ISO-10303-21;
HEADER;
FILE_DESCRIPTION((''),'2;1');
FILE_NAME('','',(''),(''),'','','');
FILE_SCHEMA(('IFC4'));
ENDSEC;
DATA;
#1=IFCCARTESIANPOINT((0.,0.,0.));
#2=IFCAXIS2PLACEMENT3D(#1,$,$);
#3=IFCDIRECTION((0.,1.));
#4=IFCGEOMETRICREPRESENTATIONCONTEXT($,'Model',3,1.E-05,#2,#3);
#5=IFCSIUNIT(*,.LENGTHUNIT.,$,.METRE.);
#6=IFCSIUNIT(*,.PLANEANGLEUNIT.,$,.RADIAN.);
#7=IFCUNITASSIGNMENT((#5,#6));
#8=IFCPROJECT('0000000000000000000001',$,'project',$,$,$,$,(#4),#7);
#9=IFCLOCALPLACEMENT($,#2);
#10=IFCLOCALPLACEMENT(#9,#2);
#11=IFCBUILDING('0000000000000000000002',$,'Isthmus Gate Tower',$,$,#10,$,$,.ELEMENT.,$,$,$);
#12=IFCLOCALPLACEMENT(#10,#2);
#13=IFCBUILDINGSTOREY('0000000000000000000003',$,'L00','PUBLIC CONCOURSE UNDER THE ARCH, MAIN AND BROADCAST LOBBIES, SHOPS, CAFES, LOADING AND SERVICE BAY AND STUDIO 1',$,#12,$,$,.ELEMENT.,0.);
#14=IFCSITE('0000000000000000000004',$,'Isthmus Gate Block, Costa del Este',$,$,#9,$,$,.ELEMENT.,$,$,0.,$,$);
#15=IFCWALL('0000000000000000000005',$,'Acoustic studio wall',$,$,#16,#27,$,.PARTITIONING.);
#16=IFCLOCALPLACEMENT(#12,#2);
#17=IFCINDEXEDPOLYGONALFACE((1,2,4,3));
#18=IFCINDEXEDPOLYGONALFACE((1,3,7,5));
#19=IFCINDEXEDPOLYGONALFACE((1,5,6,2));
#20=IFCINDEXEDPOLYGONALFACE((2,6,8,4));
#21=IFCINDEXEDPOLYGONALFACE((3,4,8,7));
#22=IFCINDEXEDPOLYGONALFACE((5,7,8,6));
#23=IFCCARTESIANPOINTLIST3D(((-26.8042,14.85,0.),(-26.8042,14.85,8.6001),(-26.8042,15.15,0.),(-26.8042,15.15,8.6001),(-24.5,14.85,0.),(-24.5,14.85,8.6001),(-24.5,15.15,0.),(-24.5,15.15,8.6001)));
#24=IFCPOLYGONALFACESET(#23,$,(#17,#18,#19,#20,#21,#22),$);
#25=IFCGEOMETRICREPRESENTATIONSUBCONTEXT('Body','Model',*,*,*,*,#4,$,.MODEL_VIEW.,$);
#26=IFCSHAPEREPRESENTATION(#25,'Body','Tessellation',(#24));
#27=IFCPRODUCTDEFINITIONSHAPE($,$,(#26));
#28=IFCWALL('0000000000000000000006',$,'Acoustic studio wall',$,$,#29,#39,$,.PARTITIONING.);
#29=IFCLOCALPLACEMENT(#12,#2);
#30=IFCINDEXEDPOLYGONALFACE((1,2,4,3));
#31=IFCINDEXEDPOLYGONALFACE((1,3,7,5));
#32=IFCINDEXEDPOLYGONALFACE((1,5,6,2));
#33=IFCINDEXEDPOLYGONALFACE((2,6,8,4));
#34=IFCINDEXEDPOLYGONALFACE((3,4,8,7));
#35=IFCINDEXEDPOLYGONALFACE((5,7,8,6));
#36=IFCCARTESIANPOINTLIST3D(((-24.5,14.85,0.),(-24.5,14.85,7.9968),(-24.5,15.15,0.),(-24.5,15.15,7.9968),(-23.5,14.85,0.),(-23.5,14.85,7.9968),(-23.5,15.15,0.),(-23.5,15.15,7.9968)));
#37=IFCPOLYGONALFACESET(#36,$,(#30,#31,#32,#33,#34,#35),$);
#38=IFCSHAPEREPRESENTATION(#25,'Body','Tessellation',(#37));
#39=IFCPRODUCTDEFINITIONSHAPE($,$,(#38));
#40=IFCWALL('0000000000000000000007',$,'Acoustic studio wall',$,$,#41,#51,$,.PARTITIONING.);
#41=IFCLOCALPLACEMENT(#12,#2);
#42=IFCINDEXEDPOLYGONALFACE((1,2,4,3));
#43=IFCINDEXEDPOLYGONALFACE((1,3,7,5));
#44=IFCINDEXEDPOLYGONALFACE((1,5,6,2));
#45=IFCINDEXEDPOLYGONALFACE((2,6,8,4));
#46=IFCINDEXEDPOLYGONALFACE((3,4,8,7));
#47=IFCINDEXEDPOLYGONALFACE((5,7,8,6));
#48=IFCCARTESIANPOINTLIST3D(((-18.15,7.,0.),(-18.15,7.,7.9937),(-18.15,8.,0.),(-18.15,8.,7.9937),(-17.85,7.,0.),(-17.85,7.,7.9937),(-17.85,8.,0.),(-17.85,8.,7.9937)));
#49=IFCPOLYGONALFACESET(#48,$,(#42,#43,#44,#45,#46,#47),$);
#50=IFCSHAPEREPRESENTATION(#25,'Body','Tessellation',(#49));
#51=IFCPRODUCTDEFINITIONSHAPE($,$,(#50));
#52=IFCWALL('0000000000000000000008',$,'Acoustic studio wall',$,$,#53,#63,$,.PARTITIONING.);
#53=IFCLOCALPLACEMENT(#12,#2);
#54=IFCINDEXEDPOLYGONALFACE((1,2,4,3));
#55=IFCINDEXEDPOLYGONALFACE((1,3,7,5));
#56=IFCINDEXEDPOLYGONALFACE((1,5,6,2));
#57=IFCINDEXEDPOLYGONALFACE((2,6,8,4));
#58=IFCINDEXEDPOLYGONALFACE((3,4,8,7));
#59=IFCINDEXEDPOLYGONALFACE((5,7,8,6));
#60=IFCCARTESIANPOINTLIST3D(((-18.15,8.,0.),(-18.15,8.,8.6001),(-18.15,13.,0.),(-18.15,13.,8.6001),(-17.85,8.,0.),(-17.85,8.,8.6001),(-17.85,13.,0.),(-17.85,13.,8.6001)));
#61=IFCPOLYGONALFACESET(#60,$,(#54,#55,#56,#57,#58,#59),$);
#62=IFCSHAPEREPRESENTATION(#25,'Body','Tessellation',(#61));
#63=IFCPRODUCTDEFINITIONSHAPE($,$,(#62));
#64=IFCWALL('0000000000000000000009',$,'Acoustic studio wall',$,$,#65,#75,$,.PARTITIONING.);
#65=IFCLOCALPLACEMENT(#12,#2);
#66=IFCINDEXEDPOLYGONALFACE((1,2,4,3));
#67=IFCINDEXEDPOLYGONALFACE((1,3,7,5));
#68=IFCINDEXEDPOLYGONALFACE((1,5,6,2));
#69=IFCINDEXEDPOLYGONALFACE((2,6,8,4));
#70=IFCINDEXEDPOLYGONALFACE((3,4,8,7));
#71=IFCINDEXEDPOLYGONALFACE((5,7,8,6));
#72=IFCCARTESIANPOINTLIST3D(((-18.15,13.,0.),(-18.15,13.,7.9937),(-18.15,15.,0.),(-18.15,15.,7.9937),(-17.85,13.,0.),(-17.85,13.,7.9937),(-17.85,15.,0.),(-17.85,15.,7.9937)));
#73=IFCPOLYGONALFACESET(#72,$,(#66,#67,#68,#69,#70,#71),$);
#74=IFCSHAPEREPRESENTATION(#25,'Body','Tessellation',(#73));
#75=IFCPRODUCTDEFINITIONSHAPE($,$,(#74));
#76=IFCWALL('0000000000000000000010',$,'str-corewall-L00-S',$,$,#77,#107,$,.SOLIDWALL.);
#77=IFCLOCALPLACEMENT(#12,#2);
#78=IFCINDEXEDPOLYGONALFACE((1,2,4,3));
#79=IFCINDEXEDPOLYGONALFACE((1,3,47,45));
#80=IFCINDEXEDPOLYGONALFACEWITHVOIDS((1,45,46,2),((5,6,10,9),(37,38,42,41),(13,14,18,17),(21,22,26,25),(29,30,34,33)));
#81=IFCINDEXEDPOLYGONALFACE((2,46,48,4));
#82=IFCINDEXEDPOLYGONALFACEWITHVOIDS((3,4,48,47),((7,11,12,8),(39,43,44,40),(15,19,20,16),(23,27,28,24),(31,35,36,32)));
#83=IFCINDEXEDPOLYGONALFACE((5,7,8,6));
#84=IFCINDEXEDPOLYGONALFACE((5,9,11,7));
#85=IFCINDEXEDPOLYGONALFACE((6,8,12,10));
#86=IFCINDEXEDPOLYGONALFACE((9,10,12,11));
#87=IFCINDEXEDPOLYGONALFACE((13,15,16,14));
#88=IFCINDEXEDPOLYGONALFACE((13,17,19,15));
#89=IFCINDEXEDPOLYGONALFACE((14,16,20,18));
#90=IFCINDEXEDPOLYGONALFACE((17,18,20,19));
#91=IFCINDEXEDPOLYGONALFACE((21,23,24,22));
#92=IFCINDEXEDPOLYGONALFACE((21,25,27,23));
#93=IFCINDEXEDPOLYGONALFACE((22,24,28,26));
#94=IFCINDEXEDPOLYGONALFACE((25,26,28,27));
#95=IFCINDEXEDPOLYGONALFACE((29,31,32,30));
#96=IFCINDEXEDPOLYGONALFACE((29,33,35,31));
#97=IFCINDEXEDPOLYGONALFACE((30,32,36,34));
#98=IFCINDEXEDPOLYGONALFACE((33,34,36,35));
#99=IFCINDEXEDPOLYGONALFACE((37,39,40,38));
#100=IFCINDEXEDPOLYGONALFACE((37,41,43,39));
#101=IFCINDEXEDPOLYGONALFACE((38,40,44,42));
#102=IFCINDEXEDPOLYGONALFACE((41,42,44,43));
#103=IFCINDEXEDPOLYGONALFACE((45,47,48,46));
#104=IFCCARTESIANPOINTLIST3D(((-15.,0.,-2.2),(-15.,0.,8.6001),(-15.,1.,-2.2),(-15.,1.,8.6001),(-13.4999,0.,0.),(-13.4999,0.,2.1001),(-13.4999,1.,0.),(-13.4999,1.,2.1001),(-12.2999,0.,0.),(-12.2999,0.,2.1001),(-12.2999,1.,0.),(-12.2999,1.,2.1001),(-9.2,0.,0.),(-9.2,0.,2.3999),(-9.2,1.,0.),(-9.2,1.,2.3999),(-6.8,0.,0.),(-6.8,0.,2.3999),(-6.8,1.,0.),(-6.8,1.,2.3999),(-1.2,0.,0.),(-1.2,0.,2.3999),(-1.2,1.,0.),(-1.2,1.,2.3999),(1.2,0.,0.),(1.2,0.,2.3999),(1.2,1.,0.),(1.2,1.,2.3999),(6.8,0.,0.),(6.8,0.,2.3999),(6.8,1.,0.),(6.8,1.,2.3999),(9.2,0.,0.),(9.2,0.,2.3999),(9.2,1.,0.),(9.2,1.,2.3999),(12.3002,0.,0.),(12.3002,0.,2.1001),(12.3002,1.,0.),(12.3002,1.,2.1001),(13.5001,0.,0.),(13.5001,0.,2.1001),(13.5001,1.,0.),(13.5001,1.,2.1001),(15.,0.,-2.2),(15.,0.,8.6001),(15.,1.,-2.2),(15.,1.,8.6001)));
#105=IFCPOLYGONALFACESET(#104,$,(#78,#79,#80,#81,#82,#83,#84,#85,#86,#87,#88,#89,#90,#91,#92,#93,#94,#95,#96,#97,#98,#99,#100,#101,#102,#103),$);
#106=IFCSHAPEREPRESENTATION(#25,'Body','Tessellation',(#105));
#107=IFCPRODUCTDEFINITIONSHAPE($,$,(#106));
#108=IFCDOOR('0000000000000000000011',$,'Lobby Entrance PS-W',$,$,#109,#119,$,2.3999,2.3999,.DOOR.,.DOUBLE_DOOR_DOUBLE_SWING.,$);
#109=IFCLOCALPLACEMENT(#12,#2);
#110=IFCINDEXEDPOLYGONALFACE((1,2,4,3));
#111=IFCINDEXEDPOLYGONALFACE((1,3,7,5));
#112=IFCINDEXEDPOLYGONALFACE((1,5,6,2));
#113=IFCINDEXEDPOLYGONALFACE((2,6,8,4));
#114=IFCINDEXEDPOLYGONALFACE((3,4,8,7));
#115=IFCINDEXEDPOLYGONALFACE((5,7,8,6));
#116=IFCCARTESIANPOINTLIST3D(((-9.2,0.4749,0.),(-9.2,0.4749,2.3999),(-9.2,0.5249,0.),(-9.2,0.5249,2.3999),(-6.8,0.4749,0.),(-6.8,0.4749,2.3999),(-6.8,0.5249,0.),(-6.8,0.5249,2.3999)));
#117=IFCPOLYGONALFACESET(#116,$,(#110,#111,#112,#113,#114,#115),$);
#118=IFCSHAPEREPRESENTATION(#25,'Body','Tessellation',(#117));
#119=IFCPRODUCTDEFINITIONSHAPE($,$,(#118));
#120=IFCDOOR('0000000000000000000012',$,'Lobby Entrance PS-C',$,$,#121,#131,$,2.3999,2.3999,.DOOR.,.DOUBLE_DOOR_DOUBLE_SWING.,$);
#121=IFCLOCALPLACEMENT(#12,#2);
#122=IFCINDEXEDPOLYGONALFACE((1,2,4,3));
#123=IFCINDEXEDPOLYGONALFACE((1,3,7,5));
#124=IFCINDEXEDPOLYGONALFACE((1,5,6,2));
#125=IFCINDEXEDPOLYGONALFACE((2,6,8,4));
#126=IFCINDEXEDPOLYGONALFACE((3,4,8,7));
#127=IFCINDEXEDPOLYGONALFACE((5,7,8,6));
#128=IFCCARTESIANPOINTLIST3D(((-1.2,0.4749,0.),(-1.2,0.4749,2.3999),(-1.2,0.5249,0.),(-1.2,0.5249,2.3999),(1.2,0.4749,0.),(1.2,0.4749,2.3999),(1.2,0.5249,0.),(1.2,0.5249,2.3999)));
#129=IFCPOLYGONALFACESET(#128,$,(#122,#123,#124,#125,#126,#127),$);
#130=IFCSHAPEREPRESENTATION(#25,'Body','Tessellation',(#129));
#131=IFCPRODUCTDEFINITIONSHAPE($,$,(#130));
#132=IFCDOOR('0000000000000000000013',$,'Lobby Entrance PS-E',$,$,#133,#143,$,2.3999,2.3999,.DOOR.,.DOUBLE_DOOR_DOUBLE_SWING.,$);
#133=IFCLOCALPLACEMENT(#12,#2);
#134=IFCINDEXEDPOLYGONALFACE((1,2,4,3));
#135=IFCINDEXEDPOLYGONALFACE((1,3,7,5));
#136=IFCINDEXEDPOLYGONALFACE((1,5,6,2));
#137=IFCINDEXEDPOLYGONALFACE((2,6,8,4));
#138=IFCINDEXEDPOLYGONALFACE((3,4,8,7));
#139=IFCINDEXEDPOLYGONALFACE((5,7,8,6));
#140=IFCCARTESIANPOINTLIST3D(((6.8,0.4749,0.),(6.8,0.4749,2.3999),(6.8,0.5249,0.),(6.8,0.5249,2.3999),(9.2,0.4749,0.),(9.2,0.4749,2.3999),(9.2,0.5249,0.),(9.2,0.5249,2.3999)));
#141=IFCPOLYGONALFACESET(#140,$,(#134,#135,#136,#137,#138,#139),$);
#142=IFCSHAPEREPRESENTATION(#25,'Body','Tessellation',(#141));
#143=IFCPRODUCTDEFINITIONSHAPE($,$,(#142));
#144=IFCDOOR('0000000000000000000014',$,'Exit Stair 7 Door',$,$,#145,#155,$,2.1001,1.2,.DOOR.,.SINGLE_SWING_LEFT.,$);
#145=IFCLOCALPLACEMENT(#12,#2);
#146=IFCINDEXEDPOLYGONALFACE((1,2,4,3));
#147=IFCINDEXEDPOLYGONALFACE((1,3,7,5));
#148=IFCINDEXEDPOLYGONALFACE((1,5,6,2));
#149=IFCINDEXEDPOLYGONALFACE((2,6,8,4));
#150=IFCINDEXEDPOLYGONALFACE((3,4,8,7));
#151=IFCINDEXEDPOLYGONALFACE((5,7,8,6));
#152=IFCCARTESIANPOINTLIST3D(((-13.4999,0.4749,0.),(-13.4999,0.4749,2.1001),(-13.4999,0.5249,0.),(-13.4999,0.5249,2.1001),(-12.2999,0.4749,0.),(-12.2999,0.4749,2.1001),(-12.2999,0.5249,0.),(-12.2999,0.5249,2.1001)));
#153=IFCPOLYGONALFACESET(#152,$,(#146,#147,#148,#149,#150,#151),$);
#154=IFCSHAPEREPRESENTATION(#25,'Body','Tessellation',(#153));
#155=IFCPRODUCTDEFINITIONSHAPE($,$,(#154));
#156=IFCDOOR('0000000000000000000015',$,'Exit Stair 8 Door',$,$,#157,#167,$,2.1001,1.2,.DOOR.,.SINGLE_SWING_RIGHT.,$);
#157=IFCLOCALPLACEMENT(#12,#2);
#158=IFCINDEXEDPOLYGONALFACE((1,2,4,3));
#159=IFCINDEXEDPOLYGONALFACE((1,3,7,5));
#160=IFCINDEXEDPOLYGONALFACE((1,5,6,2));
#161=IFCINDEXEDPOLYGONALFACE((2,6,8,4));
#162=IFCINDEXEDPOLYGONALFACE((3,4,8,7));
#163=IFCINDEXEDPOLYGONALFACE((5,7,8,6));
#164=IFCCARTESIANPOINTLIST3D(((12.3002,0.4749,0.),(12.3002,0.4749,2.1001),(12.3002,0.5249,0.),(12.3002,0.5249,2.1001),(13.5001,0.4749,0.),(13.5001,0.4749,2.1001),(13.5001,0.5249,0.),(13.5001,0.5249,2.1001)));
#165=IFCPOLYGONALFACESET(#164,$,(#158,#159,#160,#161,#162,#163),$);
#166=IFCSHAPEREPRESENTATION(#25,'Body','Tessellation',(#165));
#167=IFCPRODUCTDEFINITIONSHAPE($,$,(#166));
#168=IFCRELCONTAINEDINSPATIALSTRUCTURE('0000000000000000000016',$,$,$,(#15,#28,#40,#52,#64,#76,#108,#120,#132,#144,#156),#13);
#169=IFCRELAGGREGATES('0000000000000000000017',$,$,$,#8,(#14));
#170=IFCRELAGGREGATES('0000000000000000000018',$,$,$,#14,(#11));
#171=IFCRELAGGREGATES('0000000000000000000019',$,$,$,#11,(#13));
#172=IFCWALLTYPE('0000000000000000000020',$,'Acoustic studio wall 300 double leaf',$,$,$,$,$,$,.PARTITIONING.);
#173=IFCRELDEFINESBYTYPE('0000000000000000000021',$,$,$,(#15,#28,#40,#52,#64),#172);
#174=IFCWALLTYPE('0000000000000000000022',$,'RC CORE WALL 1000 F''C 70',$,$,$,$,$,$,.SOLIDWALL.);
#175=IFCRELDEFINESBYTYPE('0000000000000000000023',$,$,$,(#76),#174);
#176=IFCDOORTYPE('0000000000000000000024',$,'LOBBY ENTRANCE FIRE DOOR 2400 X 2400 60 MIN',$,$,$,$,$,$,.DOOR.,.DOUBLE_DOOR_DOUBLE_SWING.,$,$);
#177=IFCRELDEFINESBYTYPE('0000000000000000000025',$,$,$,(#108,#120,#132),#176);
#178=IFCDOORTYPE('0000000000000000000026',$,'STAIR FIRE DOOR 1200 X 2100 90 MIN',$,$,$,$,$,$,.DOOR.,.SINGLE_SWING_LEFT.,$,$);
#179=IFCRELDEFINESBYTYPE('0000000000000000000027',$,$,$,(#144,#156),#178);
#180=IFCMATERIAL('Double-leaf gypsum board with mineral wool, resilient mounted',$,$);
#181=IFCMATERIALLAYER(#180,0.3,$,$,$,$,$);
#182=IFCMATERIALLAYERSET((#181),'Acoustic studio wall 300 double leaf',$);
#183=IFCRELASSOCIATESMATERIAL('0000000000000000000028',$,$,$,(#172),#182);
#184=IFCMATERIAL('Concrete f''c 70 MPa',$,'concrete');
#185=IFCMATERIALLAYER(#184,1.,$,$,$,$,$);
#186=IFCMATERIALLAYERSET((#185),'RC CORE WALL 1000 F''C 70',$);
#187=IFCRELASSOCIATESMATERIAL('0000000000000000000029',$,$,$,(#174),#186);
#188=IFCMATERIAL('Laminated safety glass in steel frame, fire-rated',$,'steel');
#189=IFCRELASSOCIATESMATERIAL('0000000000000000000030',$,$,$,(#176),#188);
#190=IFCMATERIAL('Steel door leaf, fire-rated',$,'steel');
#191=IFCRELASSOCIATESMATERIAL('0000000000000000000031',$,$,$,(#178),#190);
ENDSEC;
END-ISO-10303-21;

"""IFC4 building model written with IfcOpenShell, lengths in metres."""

from ifc_helpers import new_model, si_unit, direction, frame, frame_2d, origin, place, context, subcontext, project, spatial, rectangle, extrude, material, layer, layer_set, type_object, element, fill, save


model = new_model("IFC4")

# Units and contexts
model_context = context("Model", 3, precision=1e-05, world=origin(), true_north=direction((0.0, 1.0)))
body_context = subcontext(model_context, "Body", "Model", "MODEL_VIEW")
ifc_project = project(units=[si_unit("LENGTHUNIT", "METRE"), si_unit("PLANEANGLEUNIT", "RADIAN")], contexts=[model_context])

# Site, building, storey
site_placement = place(None, origin())
site = spatial("IfcSite", under=ifc_project, at=site_placement, Name="Isthmus Gate Block, Costa del Este", CompositionType="ELEMENT", RefElevation=0.0)
building_placement = place(site_placement, origin())
building = spatial("IfcBuilding", under=site, at=building_placement, Name="Isthmus Gate Tower", CompositionType="ELEMENT")
storey_placement = place(building_placement, origin())
storey = spatial("IfcBuildingStorey", under=building, at=storey_placement, Name="L00", Description="PUBLIC CONCOURSE UNDER THE ARCH, MAIN AND BROADCAST LOBBIES, SHOPS, CAFES, LOADING AND SERVICE BAY AND STUDIO 1", CompositionType="ELEMENT", Elevation=0.0)

# Walls
ifc_material_1 = material(Name="Double-leaf gypsum board with mineral wool, resilient mounted")
ifc_layer_1 = layer(ifc_material_1, 0.3)
ifc_layer_set_1 = layer_set([ifc_layer_1], Name="Acoustic studio wall 300 double leaf")
wall_type_1 = type_object("IfcWallType", Name="Acoustic studio wall 300 double leaf", PredefinedType="PARTITIONING", material=ifc_layer_set_1)
wall_1_placement = place(storey_placement, frame((-26.8042, 15.0, 0.0), z_axis=(0.0, 0.0, 1.0), x_axis=(1.0, 0.0, 0.0)))
element("IfcWall", 1, at=wall_1_placement, inside=storey, type_object=wall_type_1, Name="Acoustic studio wall", PredefinedType="PARTITIONING", context=body_context, shape_type="SweptSolid", body=[
    extrude(rectangle(XDim=2.3042, YDim=0.3, at=frame_2d((1.1521, 0.0))), origin(), (0.0, 0.0, 1.0), 8.6001),
])
wall_2_placement = place(storey_placement, frame((-24.5, 15.0, 0.0), z_axis=(0.0, 0.0, 1.0), x_axis=(1.0, 0.0, 0.0)))
element("IfcWall", 2, at=wall_2_placement, inside=storey, type_object=wall_type_1, Name="Acoustic studio wall", PredefinedType="PARTITIONING", context=body_context, shape_type="SweptSolid", body=[
    extrude(rectangle(XDim=1.0, YDim=0.3, at=frame_2d((0.5, 0.0))), origin(), (0.0, 0.0, 1.0), 7.9968),
])

# Walls
wall_3_placement = place(storey_placement, frame((-18.0, 7.0, 0.0), z_axis=(0.0, 0.0, 1.0), x_axis=(0.0, 1.0, 0.0)))
element("IfcWall", 3, at=wall_3_placement, inside=storey, type_object=wall_type_1, Name="Acoustic studio wall", PredefinedType="PARTITIONING", context=body_context, shape_type="SweptSolid", body=[
    extrude(rectangle(XDim=1.0, YDim=0.3, at=frame_2d((0.5, 0.0))), origin(), (0.0, 0.0, 1.0), 7.9937),
])
wall_4_placement = place(storey_placement, frame((-18.0, 8.0, 0.0), z_axis=(0.0, 0.0, 1.0), x_axis=(0.0, 1.0, 0.0)))
element("IfcWall", 4, at=wall_4_placement, inside=storey, type_object=wall_type_1, Name="Acoustic studio wall", PredefinedType="PARTITIONING", context=body_context, shape_type="SweptSolid", body=[
    extrude(rectangle(XDim=5.0, YDim=0.3, at=frame_2d((2.5, 0.0))), origin(), (0.0, 0.0, 1.0), 8.6001),
])
wall_5_placement = place(storey_placement, frame((-18.0, 13.0, 0.0), z_axis=(0.0, 0.0, 1.0), x_axis=(0.0, 1.0, 0.0)))
element("IfcWall", 5, at=wall_5_placement, inside=storey, type_object=wall_type_1, Name="Acoustic studio wall", PredefinedType="PARTITIONING", context=body_context, shape_type="SweptSolid", body=[
    extrude(rectangle(XDim=2.0, YDim=0.3, at=frame_2d((1.0, 0.0))), origin(), (0.0, 0.0, 1.0), 7.9937),
])

# Wall, openings, doors
ifc_material_2 = material(Name="Concrete f'c 70 MPa", Category="concrete")
ifc_layer_2 = layer(ifc_material_2, 1.0)
ifc_layer_set_2 = layer_set([ifc_layer_2], Name="RC CORE WALL 1000 F'C 70")
wall_type_2 = type_object("IfcWallType", Name="RC CORE WALL 1000 F'C 70", PredefinedType="SOLIDWALL", material=ifc_layer_set_2)
wall_6_placement = place(storey_placement, frame((-15.0, 0.5, -2.2), z_axis=(0.0, 0.0, 1.0), x_axis=(1.0, 0.0, 0.0)))
wall_6 = element("IfcWall", 6, at=wall_6_placement, inside=storey, type_object=wall_type_2, Name="str-corewall-L00-S", PredefinedType="SOLIDWALL", context=body_context, shape_type="SweptSolid", body=[
    extrude(rectangle(XDim=30.0, YDim=1.0, at=frame_2d((15.0, 0.0))), origin(), (0.0, 0.0, 1.0), 10.8),
])
opening_1_placement = place(wall_6_placement, frame((5.8, 0.0, 2.2)))
opening_1 = element("IfcOpeningElement", 7, at=opening_1_placement, cuts=wall_6, PredefinedType="OPENING", context=body_context, shape_type="SweptSolid", body=[
    extrude(rectangle(XDim=2.3999, YDim=2.3999, at=frame_2d((1.2, 1.2))), frame((0.0, 0.51, 0.0), z_axis=(0.0, -1.0, 0.0), x_axis=(1.0, 0.0, 0.0)), (0.0, 0.0, 1.0), 1.02),
])
opening_2_placement = place(wall_6_placement, frame((13.8, 0.0, 2.2)))
opening_2 = element("IfcOpeningElement", 8, at=opening_2_placement, cuts=wall_6, PredefinedType="OPENING", context=body_context, shape_type="SweptSolid", body=[
    extrude(rectangle(XDim=2.3999, YDim=2.3999, at=frame_2d((1.2, 1.2))), frame((0.0, 0.51, 0.0), z_axis=(0.0, -1.0, 0.0), x_axis=(1.0, 0.0, 0.0)), (0.0, 0.0, 1.0), 1.02),
])
opening_3_placement = place(wall_6_placement, frame((21.8, 0.0, 2.2)))
opening_3 = element("IfcOpeningElement", 9, at=opening_3_placement, cuts=wall_6, PredefinedType="OPENING", context=body_context, shape_type="SweptSolid", body=[
    extrude(rectangle(XDim=2.3999, YDim=2.3999, at=frame_2d((1.2, 1.2))), frame((0.0, 0.51, 0.0), z_axis=(0.0, -1.0, 0.0), x_axis=(1.0, 0.0, 0.0)), (0.0, 0.0, 1.0), 1.02),
])
opening_4_placement = place(wall_6_placement, frame((1.5, 0.0, 2.2)))
opening_4 = element("IfcOpeningElement", 10, at=opening_4_placement, cuts=wall_6, PredefinedType="OPENING", context=body_context, shape_type="SweptSolid", body=[
    extrude(rectangle(XDim=1.2, YDim=2.1001, at=frame_2d((0.6001, 1.05))), frame((0.0, 0.51, 0.0), z_axis=(0.0, -1.0, 0.0), x_axis=(1.0, 0.0, 0.0)), (0.0, 0.0, 1.0), 1.02),
])
opening_5_placement = place(wall_6_placement, frame((27.3, 0.0, 2.2)))
opening_5 = element("IfcOpeningElement", 11, at=opening_5_placement, cuts=wall_6, PredefinedType="OPENING", context=body_context, shape_type="SweptSolid", body=[
    extrude(rectangle(XDim=1.2, YDim=2.1001, at=frame_2d((0.6001, 1.05))), frame((0.0, 0.51, 0.0), z_axis=(0.0, -1.0, 0.0), x_axis=(1.0, 0.0, 0.0)), (0.0, 0.0, 1.0), 1.02),
])
ifc_material_3 = material(Name="Laminated safety glass in steel frame, fire-rated", Category="steel")
door_type_1 = type_object("IfcDoorType", Name="LOBBY ENTRANCE FIRE DOOR 2400 X 2400 60 MIN", OperationType="DOUBLE_DOOR_DOUBLE_SWING", PredefinedType="DOOR", material=ifc_material_3)
door_1_placement = place(opening_1_placement, origin())
door_1 = element("IfcDoor", 12, at=door_1_placement, inside=storey, type_object=door_type_1, Name="Lobby Entrance PS-W", OperationType="DOUBLE_DOOR_DOUBLE_SWING", OverallHeight=2.3999, OverallWidth=2.3999, PredefinedType="DOOR", context=body_context, shape_type="SweptSolid", body=[
    extrude(rectangle(XDim=2.3999, YDim=2.3999, at=frame_2d((1.2, 1.2))), frame((0.0, 0.0249, 0.0), z_axis=(0.0, -1.0, 0.0), x_axis=(1.0, 0.0, 0.0)), (0.0, 0.0, 1.0), 0.05),
])
fill(opening_1, door_1)
door_2_placement = place(opening_2_placement, origin())
door_2 = element("IfcDoor", 13, at=door_2_placement, inside=storey, type_object=door_type_1, Name="Lobby Entrance PS-C", OperationType="DOUBLE_DOOR_DOUBLE_SWING", OverallHeight=2.3999, OverallWidth=2.3999, PredefinedType="DOOR", context=body_context, shape_type="SweptSolid", body=[
    extrude(rectangle(XDim=2.3999, YDim=2.3999, at=frame_2d((1.2, 1.2))), frame((0.0, 0.0249, 0.0), z_axis=(0.0, -1.0, 0.0), x_axis=(1.0, 0.0, 0.0)), (0.0, 0.0, 1.0), 0.05),
])
fill(opening_2, door_2)
door_3_placement = place(opening_3_placement, origin())
door_3 = element("IfcDoor", 14, at=door_3_placement, inside=storey, type_object=door_type_1, Name="Lobby Entrance PS-E", OperationType="DOUBLE_DOOR_DOUBLE_SWING", OverallHeight=2.3999, OverallWidth=2.3999, PredefinedType="DOOR", context=body_context, shape_type="SweptSolid", body=[
    extrude(rectangle(XDim=2.3999, YDim=2.3999, at=frame_2d((1.2, 1.2))), frame((0.0, 0.0249, 0.0), z_axis=(0.0, -1.0, 0.0), x_axis=(1.0, 0.0, 0.0)), (0.0, 0.0, 1.0), 0.05),
])
fill(opening_3, door_3)
ifc_material_4 = material(Name="Steel door leaf, fire-rated", Category="steel")
door_type_2 = type_object("IfcDoorType", Name="STAIR FIRE DOOR 1200 X 2100 90 MIN", OperationType="SINGLE_SWING_LEFT", PredefinedType="DOOR", material=ifc_material_4)
door_4_placement = place(opening_4_placement, origin())
door_4 = element("IfcDoor", 15, at=door_4_placement, inside=storey, type_object=door_type_2, Name="Exit Stair 7 Door", OperationType="SINGLE_SWING_LEFT", OverallHeight=2.1001, OverallWidth=1.2, PredefinedType="DOOR", context=body_context, shape_type="SweptSolid", body=[
    extrude(rectangle(XDim=1.2, YDim=2.1001, at=frame_2d((0.6001, 1.05))), frame((0.0, 0.0249, 0.0), z_axis=(0.0, -1.0, 0.0), x_axis=(1.0, 0.0, 0.0)), (0.0, 0.0, 1.0), 0.05),
])
fill(opening_4, door_4)
door_5_placement = place(opening_5_placement, origin())
door_5 = element("IfcDoor", 16, at=door_5_placement, inside=storey, type_object=door_type_2, Name="Exit Stair 8 Door", OperationType="SINGLE_SWING_RIGHT", OverallHeight=2.1001, OverallWidth=1.2, PredefinedType="DOOR", context=body_context, shape_type="SweptSolid", body=[
    extrude(rectangle(XDim=1.2, YDim=2.1001, at=frame_2d((0.6001, 1.05))), frame((0.0, 0.0249, 0.0), z_axis=(0.0, -1.0, 0.0), x_axis=(1.0, 0.0, 0.0)), (0.0, 0.0, 1.0), 0.05),
])
fill(opening_5, door_5)

save(model, "model.ifc")
